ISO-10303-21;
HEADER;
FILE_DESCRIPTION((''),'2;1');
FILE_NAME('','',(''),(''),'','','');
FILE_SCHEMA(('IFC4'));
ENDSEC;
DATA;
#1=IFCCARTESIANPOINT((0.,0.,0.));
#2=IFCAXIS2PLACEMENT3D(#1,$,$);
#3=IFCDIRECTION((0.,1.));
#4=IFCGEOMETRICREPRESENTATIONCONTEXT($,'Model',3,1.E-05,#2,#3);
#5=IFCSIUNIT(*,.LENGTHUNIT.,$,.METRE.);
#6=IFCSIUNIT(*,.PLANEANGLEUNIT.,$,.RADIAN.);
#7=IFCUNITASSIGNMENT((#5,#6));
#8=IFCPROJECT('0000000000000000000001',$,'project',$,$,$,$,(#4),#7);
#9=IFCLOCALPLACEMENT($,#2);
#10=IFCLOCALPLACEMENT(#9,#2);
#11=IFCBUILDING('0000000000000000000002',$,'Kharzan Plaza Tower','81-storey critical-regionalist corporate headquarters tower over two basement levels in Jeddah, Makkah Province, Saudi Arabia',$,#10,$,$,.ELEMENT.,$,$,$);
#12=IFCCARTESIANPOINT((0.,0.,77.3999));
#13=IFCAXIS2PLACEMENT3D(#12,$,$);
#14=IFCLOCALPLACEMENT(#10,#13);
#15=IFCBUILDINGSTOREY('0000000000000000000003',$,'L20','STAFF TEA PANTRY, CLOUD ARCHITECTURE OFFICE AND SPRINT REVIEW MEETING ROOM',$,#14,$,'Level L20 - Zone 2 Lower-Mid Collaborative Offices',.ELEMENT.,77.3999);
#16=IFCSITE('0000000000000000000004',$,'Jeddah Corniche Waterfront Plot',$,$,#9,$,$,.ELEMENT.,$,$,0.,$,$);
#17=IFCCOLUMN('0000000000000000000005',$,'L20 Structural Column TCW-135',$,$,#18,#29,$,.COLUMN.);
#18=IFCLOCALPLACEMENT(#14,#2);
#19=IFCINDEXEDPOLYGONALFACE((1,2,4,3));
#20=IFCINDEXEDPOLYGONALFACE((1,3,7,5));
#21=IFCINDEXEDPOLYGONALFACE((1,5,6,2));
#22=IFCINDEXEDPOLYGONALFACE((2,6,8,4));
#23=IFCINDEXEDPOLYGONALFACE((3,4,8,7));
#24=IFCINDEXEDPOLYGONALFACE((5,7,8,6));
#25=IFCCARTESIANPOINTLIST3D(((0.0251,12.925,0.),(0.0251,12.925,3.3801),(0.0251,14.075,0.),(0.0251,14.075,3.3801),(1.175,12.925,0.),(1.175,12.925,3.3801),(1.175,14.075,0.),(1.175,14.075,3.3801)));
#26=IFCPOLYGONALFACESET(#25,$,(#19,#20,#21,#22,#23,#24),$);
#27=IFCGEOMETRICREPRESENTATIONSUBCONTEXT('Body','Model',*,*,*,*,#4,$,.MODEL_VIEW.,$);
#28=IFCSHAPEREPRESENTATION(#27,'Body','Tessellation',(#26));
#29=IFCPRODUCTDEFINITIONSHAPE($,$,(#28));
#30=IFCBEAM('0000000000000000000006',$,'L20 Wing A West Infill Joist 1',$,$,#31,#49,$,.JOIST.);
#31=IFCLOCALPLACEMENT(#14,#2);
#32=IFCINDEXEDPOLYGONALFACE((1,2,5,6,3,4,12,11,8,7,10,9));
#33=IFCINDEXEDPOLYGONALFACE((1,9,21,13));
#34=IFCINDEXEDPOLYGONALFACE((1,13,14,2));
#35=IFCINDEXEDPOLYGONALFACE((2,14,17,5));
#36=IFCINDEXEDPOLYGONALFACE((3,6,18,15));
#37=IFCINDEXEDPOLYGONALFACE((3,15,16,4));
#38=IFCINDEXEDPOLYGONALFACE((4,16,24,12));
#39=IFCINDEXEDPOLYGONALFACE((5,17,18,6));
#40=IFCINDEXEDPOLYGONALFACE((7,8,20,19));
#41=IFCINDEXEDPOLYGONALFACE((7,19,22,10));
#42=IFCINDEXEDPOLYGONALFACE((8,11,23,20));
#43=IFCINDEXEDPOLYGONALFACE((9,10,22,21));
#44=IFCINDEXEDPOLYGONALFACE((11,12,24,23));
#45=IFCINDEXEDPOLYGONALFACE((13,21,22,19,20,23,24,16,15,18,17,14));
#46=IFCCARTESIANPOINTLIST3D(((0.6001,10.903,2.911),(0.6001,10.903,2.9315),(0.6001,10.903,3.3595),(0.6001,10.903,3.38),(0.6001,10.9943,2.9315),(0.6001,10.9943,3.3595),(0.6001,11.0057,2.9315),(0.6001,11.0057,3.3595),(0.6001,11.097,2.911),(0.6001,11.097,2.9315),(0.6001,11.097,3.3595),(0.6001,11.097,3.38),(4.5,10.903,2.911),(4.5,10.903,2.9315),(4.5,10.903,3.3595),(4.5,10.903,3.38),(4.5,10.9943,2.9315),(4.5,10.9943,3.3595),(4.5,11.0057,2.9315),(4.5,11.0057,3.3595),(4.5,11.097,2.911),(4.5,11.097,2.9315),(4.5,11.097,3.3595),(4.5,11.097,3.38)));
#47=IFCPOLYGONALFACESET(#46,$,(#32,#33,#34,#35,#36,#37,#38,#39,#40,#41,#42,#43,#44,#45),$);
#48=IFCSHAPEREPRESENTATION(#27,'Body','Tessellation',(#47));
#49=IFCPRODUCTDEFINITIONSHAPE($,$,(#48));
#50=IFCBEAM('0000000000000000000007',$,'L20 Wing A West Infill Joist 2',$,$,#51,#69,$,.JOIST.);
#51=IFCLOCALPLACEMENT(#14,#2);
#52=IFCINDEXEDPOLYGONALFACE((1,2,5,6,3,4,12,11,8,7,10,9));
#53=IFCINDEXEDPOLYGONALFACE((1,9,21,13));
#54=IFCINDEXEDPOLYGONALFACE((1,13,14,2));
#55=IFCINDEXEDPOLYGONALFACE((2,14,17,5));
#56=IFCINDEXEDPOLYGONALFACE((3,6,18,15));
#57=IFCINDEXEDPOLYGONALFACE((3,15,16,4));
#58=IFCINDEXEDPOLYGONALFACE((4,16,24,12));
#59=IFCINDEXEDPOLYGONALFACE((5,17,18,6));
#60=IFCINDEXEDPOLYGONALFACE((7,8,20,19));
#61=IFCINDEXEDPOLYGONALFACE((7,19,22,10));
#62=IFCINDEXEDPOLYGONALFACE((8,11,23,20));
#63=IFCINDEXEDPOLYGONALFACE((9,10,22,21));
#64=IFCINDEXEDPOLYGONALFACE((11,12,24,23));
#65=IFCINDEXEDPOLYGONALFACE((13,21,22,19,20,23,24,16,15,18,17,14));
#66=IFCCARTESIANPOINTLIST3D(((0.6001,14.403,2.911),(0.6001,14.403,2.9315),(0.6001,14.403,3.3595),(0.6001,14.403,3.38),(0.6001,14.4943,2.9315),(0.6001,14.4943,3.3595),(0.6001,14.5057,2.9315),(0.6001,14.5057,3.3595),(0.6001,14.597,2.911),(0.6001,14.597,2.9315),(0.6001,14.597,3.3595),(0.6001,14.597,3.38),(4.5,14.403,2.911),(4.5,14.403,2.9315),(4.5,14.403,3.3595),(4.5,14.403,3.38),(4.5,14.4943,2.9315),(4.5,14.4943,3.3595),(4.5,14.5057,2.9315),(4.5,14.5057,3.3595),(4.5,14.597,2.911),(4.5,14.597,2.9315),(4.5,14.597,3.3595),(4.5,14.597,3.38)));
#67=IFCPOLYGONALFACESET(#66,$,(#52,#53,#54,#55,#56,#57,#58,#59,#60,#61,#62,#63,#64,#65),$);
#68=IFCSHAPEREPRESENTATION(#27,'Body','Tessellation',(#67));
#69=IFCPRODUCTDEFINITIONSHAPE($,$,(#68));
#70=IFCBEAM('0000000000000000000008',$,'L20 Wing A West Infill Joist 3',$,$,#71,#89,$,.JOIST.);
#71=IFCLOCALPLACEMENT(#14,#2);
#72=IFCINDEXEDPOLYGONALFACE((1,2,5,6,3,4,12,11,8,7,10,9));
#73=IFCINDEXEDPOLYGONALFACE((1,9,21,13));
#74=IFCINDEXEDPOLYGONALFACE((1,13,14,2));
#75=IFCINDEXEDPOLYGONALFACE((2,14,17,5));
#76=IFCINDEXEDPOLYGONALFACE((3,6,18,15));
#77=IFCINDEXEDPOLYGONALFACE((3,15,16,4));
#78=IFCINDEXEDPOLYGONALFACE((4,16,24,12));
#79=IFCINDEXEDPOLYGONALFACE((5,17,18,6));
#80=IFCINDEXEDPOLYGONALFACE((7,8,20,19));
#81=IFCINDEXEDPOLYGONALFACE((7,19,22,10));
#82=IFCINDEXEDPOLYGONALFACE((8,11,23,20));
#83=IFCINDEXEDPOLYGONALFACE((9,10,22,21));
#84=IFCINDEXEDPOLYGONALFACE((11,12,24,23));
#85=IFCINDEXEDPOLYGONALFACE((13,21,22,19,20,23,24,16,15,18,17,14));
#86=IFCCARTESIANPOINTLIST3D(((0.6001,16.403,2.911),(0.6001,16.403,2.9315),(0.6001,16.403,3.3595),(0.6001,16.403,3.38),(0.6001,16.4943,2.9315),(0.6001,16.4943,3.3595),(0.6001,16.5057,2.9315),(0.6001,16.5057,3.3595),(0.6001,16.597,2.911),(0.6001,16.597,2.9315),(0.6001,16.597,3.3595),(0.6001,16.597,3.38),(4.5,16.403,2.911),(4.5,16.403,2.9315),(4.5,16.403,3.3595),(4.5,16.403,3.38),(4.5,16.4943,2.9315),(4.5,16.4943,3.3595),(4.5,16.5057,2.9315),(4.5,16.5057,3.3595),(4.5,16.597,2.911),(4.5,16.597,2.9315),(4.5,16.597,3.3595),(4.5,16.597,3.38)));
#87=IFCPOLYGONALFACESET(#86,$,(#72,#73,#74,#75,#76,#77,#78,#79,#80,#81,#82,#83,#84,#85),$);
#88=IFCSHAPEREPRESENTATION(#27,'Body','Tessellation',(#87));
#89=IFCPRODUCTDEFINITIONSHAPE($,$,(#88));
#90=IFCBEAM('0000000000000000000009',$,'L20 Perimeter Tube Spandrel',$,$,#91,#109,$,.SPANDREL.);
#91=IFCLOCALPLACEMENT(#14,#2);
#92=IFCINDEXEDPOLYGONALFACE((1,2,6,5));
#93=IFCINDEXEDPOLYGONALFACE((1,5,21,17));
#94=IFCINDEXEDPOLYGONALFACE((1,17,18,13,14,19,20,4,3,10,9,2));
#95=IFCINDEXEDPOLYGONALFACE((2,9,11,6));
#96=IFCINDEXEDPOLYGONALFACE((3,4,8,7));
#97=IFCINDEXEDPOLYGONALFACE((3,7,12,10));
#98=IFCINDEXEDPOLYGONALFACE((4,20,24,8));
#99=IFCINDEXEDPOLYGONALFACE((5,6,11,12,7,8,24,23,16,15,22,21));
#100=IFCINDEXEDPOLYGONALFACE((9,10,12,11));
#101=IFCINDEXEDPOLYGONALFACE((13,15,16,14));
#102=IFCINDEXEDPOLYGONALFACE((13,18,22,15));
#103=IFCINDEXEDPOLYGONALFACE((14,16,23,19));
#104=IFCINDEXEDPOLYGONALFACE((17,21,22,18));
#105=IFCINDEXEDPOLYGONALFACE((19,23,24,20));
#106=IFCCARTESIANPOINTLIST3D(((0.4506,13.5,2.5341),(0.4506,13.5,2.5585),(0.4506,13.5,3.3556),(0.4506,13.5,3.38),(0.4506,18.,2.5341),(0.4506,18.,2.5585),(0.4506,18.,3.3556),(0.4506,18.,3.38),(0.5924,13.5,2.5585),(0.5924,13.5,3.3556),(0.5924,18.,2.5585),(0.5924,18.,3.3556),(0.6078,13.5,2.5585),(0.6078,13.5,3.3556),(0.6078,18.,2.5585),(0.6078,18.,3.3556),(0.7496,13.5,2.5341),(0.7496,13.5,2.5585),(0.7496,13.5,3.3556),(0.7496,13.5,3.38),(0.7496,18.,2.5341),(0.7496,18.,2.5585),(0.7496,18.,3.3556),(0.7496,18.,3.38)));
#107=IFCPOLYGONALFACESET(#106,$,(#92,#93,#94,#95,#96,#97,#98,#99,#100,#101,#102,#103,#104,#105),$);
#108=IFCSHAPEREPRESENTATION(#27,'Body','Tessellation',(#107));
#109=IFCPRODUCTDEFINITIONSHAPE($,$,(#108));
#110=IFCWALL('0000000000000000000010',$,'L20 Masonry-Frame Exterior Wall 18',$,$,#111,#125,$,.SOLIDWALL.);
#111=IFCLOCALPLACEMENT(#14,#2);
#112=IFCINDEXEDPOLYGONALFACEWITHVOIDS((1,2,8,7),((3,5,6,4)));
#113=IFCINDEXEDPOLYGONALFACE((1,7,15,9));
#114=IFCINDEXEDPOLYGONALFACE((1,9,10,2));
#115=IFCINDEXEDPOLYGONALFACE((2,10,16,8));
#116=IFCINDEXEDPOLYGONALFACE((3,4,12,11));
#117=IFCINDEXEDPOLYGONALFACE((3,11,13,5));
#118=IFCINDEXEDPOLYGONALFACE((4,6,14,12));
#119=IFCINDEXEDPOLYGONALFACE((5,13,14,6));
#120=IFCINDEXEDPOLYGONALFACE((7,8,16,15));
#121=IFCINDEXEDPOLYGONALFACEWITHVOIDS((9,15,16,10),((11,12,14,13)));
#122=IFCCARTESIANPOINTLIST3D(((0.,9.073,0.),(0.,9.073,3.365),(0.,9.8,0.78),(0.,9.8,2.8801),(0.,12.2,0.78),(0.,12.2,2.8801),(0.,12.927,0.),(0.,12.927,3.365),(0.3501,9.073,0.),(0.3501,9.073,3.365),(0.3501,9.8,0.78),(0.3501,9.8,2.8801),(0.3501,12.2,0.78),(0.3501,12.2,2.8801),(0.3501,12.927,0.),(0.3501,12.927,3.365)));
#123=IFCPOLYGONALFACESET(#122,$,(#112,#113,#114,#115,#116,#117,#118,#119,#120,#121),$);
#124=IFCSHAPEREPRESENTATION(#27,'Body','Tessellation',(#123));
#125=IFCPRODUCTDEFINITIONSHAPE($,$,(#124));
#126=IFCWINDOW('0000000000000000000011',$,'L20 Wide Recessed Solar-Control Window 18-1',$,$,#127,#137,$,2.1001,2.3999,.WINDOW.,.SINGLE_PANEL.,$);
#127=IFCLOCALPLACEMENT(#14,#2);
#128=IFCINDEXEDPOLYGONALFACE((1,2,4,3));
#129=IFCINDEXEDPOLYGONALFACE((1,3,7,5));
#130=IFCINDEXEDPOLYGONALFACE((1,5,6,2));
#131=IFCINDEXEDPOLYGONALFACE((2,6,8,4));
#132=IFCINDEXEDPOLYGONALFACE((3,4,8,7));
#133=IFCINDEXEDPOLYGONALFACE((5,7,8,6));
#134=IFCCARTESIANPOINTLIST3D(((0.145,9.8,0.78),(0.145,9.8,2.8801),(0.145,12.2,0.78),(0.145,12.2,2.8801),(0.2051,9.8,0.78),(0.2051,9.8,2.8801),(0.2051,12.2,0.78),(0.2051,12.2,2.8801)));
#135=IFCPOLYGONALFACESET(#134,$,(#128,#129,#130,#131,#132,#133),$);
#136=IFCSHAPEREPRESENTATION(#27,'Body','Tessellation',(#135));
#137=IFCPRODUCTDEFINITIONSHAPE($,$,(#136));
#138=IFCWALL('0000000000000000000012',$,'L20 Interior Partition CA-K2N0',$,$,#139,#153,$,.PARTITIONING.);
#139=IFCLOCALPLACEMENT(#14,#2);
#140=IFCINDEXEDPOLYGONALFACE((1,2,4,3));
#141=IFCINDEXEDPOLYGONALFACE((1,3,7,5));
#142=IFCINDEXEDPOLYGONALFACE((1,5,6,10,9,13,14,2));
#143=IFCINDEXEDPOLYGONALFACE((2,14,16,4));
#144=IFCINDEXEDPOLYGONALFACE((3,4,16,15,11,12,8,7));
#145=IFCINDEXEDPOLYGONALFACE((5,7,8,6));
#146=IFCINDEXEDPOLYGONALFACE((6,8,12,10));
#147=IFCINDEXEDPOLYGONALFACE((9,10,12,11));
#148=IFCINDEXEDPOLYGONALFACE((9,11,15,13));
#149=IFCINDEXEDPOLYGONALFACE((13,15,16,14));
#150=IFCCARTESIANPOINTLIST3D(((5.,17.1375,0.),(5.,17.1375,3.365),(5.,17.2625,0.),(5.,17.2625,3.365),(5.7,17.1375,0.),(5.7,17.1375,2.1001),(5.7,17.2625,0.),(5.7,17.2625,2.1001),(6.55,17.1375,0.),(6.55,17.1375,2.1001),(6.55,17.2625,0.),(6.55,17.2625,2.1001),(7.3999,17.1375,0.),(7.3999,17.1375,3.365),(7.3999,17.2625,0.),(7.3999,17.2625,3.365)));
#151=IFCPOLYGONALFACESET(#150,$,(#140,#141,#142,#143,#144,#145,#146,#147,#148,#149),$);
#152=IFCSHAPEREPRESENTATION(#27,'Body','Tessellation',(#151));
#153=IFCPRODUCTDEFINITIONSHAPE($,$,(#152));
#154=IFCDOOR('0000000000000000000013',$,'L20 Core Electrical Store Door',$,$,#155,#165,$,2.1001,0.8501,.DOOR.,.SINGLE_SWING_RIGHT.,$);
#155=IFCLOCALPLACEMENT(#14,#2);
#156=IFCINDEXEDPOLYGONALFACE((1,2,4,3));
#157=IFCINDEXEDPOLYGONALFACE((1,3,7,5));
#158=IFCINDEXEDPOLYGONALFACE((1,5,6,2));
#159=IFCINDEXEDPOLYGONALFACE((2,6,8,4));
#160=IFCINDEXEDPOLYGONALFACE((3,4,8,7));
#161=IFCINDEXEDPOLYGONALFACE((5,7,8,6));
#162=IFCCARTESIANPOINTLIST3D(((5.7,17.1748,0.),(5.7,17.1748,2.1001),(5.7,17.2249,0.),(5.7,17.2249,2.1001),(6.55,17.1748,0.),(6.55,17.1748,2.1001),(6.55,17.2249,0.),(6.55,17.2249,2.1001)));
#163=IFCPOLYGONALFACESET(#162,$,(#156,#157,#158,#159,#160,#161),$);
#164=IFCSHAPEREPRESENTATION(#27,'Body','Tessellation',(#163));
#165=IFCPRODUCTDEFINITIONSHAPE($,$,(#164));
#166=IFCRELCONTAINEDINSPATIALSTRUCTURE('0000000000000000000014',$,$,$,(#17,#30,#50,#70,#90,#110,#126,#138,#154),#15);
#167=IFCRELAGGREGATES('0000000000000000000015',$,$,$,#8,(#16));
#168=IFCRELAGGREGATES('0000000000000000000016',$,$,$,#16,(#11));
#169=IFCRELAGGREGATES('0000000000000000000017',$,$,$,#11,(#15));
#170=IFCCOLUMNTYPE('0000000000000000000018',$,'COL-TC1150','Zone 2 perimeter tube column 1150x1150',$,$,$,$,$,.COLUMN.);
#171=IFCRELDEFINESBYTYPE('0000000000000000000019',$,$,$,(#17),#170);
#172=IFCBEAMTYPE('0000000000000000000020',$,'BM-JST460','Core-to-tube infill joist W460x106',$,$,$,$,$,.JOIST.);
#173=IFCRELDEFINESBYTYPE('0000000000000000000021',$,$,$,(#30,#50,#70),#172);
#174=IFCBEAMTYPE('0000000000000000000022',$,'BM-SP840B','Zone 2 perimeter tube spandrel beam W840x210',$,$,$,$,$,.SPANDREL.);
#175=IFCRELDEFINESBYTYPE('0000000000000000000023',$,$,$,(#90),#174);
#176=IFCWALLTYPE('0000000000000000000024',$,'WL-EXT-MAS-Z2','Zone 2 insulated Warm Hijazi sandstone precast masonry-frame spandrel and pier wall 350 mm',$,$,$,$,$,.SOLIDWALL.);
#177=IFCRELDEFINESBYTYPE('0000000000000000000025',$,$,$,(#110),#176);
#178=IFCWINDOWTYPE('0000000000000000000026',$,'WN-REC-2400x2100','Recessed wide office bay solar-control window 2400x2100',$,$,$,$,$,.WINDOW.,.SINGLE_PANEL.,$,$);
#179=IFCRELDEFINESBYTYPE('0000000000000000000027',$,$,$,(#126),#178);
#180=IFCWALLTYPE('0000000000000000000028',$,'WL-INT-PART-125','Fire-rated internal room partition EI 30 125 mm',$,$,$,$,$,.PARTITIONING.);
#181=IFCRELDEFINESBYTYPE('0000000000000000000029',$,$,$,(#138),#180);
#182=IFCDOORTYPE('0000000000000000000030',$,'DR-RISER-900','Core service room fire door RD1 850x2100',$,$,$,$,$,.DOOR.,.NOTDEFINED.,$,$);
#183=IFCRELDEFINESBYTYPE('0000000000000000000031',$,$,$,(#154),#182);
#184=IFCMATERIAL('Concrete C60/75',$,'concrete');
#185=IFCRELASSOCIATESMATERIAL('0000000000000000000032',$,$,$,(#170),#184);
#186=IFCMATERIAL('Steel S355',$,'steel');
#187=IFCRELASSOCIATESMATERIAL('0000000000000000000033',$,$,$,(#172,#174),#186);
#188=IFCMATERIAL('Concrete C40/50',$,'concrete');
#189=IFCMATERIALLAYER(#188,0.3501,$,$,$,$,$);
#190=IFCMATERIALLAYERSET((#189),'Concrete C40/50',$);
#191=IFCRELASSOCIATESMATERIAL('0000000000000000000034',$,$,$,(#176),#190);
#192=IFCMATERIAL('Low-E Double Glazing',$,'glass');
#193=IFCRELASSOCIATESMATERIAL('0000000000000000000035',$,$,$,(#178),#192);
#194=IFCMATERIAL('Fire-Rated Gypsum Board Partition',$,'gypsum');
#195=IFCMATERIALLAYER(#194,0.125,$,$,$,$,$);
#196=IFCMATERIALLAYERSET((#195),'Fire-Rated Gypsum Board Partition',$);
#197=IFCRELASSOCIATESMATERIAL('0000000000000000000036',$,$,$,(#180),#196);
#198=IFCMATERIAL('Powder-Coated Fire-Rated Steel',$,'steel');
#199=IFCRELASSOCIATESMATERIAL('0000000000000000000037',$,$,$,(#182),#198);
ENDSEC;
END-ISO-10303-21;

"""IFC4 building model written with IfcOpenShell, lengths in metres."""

from ifc_helpers import new_model, si_unit, direction, frame, frame_2d, origin, origin_2d, place, context, subcontext, project, spatial, rectangle, i_section, extrude, source, transform, mapped, material, layer, layer_set, material_profile, profile_set, type_object, element, fill, save


model = new_model("IFC4")

# Units and contexts
model_context = context("Model", 3, precision=1e-05, world=origin(), true_north=direction((0.0, 1.0)))
body_context = subcontext(model_context, "Body", "Model", "MODEL_VIEW")
ifc_project = project(units=[si_unit("LENGTHUNIT", "METRE"), si_unit("PLANEANGLEUNIT", "RADIAN")], contexts=[model_context])

# Site, building, storey
site_placement = place(None, origin())
site = spatial("IfcSite", under=ifc_project, at=site_placement, Name="Jeddah Corniche Waterfront Plot", CompositionType="ELEMENT", RefElevation=0.0)
building_placement = place(site_placement, origin())
building = spatial("IfcBuilding", under=site, at=building_placement, Name="Kharzan Plaza Tower", Description="81-storey critical-regionalist corporate headquarters tower over two basement levels in Jeddah, Makkah Province, Saudi Arabia", CompositionType="ELEMENT")
storey_placement = place(building_placement, frame((0.0, 0.0, 77.3999)))
storey = spatial("IfcBuildingStorey", under=building, at=storey_placement, Name="L20", Description="STAFF TEA PANTRY, CLOUD ARCHITECTURE OFFICE AND SPRINT REVIEW MEETING ROOM", LongName="Level L20 - Zone 2 Lower-Mid Collaborative Offices", CompositionType="ELEMENT", Elevation=77.3999)

# Column
ifc_material_1 = material(Name="Concrete C60/75", Category="concrete")
ifc_material_profile_1 = material_profile(ifc_material_1, rectangle(XDim=1.1499, YDim=1.1499, at=origin_2d()), Name="RC-TC1150x1150")
ifc_profile_set_1 = profile_set([ifc_material_profile_1], Name="Concrete C60/75")
column_type = type_object("IfcColumnType", Name="COL-TC1150", Description="Zone 2 perimeter tube column 1150x1150", PredefinedType="COLUMN", material=ifc_profile_set_1)
shared_shape_1 = source(origin(), body_context, "Body", "SweptSolid", [
    extrude(rectangle(XDim=1.1499, YDim=1.1499, at=origin_2d()), origin(), (0.0, 0.0, 1.0), 3.3801),
])
column_placement = place(storey_placement, frame((0.6001, 13.5, 0.0), z_axis=(0.0, 0.0, 1.0), x_axis=(1.0, 0.0, 0.0)))
element("IfcColumn", 1, at=column_placement, inside=storey, type_object=column_type, Name="L20 Structural Column TCW-135", PredefinedType="COLUMN", context=body_context, shape_type="MappedRepresentation", body=[
    mapped(shared_shape_1, transform((0.0, 0.0, 0.0), x_axis=(1.0, 0.0, 0.0), y_axis=(0.0, 1.0, 0.0), z_axis=(0.0, 0.0, 1.0))),
])

# Beams
ifc_material_2 = material(Name="Steel S355", Category="steel")
ifc_material_profile_2 = material_profile(ifc_material_2, i_section(OverallWidth=0.1941, OverallDepth=0.469, WebThickness=0.0115, FlangeThickness=0.0205, at=origin_2d()), Name="W460x106")
ifc_profile_set_2 = profile_set([ifc_material_profile_2], Name="Steel S355")
beam_type_1 = type_object("IfcBeamType", Name="BM-JST460", Description="Core-to-tube infill joist W460x106", PredefinedType="JOIST", material=ifc_profile_set_2)
shared_shape_2 = source(origin(), body_context, "Body", "SweptSolid", [
    extrude(i_section(OverallWidth=0.1941, OverallDepth=0.469, WebThickness=0.0115, FlangeThickness=0.0205, at=origin_2d()), origin(), (0.0, 0.0, 1.0), 3.8999),
])
for number, where, z_axis, x_axis, name in (
    (2, (0.6001, 11.0, 3.1455), (1.0, 0.0, 0.0), (0.0, 1.0, 0.0), "L20 Wing A West Infill Joist 1"),
    (3, (0.6001, 14.5, 3.1455), (1.0, 0.0, 0.0), (0.0, 1.0, 0.0), "L20 Wing A West Infill Joist 2"),
    (4, (0.6001, 16.5, 3.1455), (1.0, 0.0, 0.0), (0.0, 1.0, 0.0), "L20 Wing A West Infill Joist 3"),
):
    element("IfcBeam", number, at=place(storey_placement, frame(where, z_axis=z_axis, x_axis=x_axis)), inside=storey, type_object=beam_type_1, Name=name, PredefinedType="JOIST", context=body_context, shape_type="MappedRepresentation", body=[
        mapped(shared_shape_2, transform((0.0, 0.0, 0.0), x_axis=(1.0, 0.0, 0.0), y_axis=(0.0, 1.0, 0.0), z_axis=(0.0, 0.0, 1.0))),
    ])
ifc_material_profile_3 = material_profile(ifc_material_2, i_section(OverallWidth=0.2991, OverallDepth=0.8459, WebThickness=0.0154, FlangeThickness=0.0244, at=origin_2d()), Name="W840x210")
ifc_profile_set_3 = profile_set([ifc_material_profile_3], Name="Steel S355")
beam_type_2 = type_object("IfcBeamType", Name="BM-SP840B", Description="Zone 2 perimeter tube spandrel beam W840x210", PredefinedType="SPANDREL", material=ifc_profile_set_3)
shared_shape_3 = source(origin(), body_context, "Body", "SweptSolid", [
    extrude(i_section(OverallWidth=0.2991, OverallDepth=0.8459, WebThickness=0.0154, FlangeThickness=0.0244, at=origin_2d()), origin(), (0.0, 0.0, 1.0), 4.5),
])
beam_placement = place(storey_placement, frame((0.6001, 13.5, 2.957), z_axis=(0.0, 1.0, 0.0), x_axis=(-1.0, 0.0, 0.0)))
element("IfcBeam", 5, at=beam_placement, inside=storey, type_object=beam_type_2, Name="L20 Perimeter Tube Spandrel", PredefinedType="SPANDREL", context=body_context, shape_type="MappedRepresentation", body=[
    mapped(shared_shape_3, transform((0.0, 0.0, 0.0), x_axis=(1.0, 0.0, 0.0), y_axis=(0.0, 1.0, 0.0), z_axis=(0.0, 0.0, 1.0))),
])

# Wall, opening, window
ifc_material_3 = material(Name="Concrete C40/50", Category="concrete")
ifc_layer_1 = layer(ifc_material_3, 0.3501)
ifc_layer_set_1 = layer_set([ifc_layer_1], Name="Concrete C40/50")
wall_type_1 = type_object("IfcWallType", Name="WL-EXT-MAS-Z2", Description="Zone 2 insulated Warm Hijazi sandstone precast masonry-frame spandrel and pier wall 350 mm", PredefinedType="SOLIDWALL", material=ifc_layer_set_1)
wall_1_placement = place(storey_placement, frame((0.175, 12.927, 0.0), z_axis=(0.0, 0.0, 1.0), x_axis=(0.0, -1.0, 0.0)))
wall_1 = element("IfcWall", 6, at=wall_1_placement, inside=storey, type_object=wall_type_1, Name="L20 Masonry-Frame Exterior Wall 18", PredefinedType="SOLIDWALL", context=body_context, shape_type="SweptSolid", body=[
    extrude(rectangle(XDim=3.854, YDim=0.3501, at=frame_2d((1.927, 0.0))), origin(), (0.0, 0.0, 1.0), 3.365),
])
opening_1_placement = place(wall_1_placement, frame((0.7271, 0.0, 0.78)))
opening_1 = element("IfcOpeningElement", 7, at=opening_1_placement, cuts=wall_1, PredefinedType="OPENING", context=body_context, shape_type="SweptSolid", body=[
    extrude(rectangle(XDim=2.3999, YDim=2.1001, at=frame_2d((1.2, 1.05))), frame((0.0, 0.1851, 0.0), z_axis=(0.0, -1.0, 0.0), x_axis=(1.0, 0.0, 0.0)), (0.0, 0.0, 1.0), 0.3701),
])
ifc_material_4 = material(Name="Low-E Double Glazing", Category="glass")
window_type = type_object("IfcWindowType", Name="WN-REC-2400x2100", Description="Recessed wide office bay solar-control window 2400x2100", PartitioningType="SINGLE_PANEL", PredefinedType="WINDOW", material=ifc_material_4)
shared_shape_4 = source(origin(), body_context, "Body", "SweptSolid", [
    extrude(rectangle(XDim=2.3999, YDim=2.1001, at=frame_2d((1.2, 1.05))), frame((0.0, 0.03, 0.0), z_axis=(0.0, -1.0, 0.0), x_axis=(1.0, 0.0, 0.0)), (0.0, 0.0, 1.0), 0.0601),
])
window_placement = place(opening_1_placement, origin())
window = element("IfcWindow", 8, at=window_placement, inside=storey, type_object=window_type, Name="L20 Wide Recessed Solar-Control Window 18-1", OverallHeight=2.1001, OverallWidth=2.3999, PartitioningType="SINGLE_PANEL", PredefinedType="WINDOW", context=body_context, shape_type="MappedRepresentation", body=[
    mapped(shared_shape_4, transform((0.0, 0.0, 0.0), x_axis=(1.0, 0.0, 0.0), y_axis=(0.0, 1.0, 0.0), z_axis=(0.0, 0.0, 1.0))),
])
fill(opening_1, window)

# Wall, opening, door
ifc_material_5 = material(Name="Fire-Rated Gypsum Board Partition", Category="gypsum")
ifc_layer_2 = layer(ifc_material_5, 0.125)
ifc_layer_set_2 = layer_set([ifc_layer_2], Name="Fire-Rated Gypsum Board Partition")
wall_type_2 = type_object("IfcWallType", Name="WL-INT-PART-125", Description="Fire-rated internal room partition EI 30 125 mm", PredefinedType="PARTITIONING", material=ifc_layer_set_2)
wall_2_placement = place(storey_placement, frame((5.0, 17.2, 0.0), z_axis=(0.0, 0.0, 1.0), x_axis=(1.0, 0.0, 0.0)))
wall_2 = element("IfcWall", 9, at=wall_2_placement, inside=storey, type_object=wall_type_2, Name="L20 Interior Partition CA-K2N0", PredefinedType="PARTITIONING", context=body_context, shape_type="SweptSolid", body=[
    extrude(rectangle(XDim=2.3999, YDim=0.125, at=frame_2d((1.2, 0.0))), origin(), (0.0, 0.0, 1.0), 3.365),
])
opening_2_placement = place(wall_2_placement, frame((0.7, 0.0, 0.0)))
opening_2 = element("IfcOpeningElement", 10, at=opening_2_placement, cuts=wall_2, PredefinedType="OPENING", context=body_context, shape_type="SweptSolid", body=[
    extrude(rectangle(XDim=0.8501, YDim=2.1001, at=frame_2d((0.425, 1.05))), frame((0.0, 0.0725, 0.0), z_axis=(0.0, -1.0, 0.0), x_axis=(1.0, 0.0, 0.0)), (0.0, 0.0, 1.0), 0.145),
])
ifc_material_6 = material(Name="Powder-Coated Fire-Rated Steel", Category="steel")
door_type_1 = type_object("IfcDoorType", Name="DR-RISER-900", Description="Core service room fire door RD1 850x2100", OperationType="NOTDEFINED", PredefinedType="DOOR", material=ifc_material_6)
shared_shape_5 = source(origin(), body_context, "Body", "SweptSolid", [
    extrude(rectangle(XDim=0.8501, YDim=2.1001, at=frame_2d((0.425, 1.05))), frame((0.0, 0.0249, 0.0), z_axis=(0.0, -1.0, 0.0), x_axis=(1.0, 0.0, 0.0)), (0.0, 0.0, 1.0), 0.05),
])
door_1_placement = place(opening_2_placement, origin())
door_1 = element("IfcDoor", 11, at=door_1_placement, inside=storey, type_object=door_type_1, Name="L20 Core Electrical Store Door", OperationType="SINGLE_SWING_RIGHT", OverallHeight=2.1001, OverallWidth=0.8501, PredefinedType="DOOR", context=body_context, shape_type="MappedRepresentation", body=[
    mapped(shared_shape_5, transform((0.0, 0.0, 0.0), x_axis=(1.0, 0.0, 0.0), y_axis=(0.0, 1.0, 0.0), z_axis=(0.0, 0.0, 1.0))),
])
fill(opening_2, door_1)

save(model, "model.ifc")
